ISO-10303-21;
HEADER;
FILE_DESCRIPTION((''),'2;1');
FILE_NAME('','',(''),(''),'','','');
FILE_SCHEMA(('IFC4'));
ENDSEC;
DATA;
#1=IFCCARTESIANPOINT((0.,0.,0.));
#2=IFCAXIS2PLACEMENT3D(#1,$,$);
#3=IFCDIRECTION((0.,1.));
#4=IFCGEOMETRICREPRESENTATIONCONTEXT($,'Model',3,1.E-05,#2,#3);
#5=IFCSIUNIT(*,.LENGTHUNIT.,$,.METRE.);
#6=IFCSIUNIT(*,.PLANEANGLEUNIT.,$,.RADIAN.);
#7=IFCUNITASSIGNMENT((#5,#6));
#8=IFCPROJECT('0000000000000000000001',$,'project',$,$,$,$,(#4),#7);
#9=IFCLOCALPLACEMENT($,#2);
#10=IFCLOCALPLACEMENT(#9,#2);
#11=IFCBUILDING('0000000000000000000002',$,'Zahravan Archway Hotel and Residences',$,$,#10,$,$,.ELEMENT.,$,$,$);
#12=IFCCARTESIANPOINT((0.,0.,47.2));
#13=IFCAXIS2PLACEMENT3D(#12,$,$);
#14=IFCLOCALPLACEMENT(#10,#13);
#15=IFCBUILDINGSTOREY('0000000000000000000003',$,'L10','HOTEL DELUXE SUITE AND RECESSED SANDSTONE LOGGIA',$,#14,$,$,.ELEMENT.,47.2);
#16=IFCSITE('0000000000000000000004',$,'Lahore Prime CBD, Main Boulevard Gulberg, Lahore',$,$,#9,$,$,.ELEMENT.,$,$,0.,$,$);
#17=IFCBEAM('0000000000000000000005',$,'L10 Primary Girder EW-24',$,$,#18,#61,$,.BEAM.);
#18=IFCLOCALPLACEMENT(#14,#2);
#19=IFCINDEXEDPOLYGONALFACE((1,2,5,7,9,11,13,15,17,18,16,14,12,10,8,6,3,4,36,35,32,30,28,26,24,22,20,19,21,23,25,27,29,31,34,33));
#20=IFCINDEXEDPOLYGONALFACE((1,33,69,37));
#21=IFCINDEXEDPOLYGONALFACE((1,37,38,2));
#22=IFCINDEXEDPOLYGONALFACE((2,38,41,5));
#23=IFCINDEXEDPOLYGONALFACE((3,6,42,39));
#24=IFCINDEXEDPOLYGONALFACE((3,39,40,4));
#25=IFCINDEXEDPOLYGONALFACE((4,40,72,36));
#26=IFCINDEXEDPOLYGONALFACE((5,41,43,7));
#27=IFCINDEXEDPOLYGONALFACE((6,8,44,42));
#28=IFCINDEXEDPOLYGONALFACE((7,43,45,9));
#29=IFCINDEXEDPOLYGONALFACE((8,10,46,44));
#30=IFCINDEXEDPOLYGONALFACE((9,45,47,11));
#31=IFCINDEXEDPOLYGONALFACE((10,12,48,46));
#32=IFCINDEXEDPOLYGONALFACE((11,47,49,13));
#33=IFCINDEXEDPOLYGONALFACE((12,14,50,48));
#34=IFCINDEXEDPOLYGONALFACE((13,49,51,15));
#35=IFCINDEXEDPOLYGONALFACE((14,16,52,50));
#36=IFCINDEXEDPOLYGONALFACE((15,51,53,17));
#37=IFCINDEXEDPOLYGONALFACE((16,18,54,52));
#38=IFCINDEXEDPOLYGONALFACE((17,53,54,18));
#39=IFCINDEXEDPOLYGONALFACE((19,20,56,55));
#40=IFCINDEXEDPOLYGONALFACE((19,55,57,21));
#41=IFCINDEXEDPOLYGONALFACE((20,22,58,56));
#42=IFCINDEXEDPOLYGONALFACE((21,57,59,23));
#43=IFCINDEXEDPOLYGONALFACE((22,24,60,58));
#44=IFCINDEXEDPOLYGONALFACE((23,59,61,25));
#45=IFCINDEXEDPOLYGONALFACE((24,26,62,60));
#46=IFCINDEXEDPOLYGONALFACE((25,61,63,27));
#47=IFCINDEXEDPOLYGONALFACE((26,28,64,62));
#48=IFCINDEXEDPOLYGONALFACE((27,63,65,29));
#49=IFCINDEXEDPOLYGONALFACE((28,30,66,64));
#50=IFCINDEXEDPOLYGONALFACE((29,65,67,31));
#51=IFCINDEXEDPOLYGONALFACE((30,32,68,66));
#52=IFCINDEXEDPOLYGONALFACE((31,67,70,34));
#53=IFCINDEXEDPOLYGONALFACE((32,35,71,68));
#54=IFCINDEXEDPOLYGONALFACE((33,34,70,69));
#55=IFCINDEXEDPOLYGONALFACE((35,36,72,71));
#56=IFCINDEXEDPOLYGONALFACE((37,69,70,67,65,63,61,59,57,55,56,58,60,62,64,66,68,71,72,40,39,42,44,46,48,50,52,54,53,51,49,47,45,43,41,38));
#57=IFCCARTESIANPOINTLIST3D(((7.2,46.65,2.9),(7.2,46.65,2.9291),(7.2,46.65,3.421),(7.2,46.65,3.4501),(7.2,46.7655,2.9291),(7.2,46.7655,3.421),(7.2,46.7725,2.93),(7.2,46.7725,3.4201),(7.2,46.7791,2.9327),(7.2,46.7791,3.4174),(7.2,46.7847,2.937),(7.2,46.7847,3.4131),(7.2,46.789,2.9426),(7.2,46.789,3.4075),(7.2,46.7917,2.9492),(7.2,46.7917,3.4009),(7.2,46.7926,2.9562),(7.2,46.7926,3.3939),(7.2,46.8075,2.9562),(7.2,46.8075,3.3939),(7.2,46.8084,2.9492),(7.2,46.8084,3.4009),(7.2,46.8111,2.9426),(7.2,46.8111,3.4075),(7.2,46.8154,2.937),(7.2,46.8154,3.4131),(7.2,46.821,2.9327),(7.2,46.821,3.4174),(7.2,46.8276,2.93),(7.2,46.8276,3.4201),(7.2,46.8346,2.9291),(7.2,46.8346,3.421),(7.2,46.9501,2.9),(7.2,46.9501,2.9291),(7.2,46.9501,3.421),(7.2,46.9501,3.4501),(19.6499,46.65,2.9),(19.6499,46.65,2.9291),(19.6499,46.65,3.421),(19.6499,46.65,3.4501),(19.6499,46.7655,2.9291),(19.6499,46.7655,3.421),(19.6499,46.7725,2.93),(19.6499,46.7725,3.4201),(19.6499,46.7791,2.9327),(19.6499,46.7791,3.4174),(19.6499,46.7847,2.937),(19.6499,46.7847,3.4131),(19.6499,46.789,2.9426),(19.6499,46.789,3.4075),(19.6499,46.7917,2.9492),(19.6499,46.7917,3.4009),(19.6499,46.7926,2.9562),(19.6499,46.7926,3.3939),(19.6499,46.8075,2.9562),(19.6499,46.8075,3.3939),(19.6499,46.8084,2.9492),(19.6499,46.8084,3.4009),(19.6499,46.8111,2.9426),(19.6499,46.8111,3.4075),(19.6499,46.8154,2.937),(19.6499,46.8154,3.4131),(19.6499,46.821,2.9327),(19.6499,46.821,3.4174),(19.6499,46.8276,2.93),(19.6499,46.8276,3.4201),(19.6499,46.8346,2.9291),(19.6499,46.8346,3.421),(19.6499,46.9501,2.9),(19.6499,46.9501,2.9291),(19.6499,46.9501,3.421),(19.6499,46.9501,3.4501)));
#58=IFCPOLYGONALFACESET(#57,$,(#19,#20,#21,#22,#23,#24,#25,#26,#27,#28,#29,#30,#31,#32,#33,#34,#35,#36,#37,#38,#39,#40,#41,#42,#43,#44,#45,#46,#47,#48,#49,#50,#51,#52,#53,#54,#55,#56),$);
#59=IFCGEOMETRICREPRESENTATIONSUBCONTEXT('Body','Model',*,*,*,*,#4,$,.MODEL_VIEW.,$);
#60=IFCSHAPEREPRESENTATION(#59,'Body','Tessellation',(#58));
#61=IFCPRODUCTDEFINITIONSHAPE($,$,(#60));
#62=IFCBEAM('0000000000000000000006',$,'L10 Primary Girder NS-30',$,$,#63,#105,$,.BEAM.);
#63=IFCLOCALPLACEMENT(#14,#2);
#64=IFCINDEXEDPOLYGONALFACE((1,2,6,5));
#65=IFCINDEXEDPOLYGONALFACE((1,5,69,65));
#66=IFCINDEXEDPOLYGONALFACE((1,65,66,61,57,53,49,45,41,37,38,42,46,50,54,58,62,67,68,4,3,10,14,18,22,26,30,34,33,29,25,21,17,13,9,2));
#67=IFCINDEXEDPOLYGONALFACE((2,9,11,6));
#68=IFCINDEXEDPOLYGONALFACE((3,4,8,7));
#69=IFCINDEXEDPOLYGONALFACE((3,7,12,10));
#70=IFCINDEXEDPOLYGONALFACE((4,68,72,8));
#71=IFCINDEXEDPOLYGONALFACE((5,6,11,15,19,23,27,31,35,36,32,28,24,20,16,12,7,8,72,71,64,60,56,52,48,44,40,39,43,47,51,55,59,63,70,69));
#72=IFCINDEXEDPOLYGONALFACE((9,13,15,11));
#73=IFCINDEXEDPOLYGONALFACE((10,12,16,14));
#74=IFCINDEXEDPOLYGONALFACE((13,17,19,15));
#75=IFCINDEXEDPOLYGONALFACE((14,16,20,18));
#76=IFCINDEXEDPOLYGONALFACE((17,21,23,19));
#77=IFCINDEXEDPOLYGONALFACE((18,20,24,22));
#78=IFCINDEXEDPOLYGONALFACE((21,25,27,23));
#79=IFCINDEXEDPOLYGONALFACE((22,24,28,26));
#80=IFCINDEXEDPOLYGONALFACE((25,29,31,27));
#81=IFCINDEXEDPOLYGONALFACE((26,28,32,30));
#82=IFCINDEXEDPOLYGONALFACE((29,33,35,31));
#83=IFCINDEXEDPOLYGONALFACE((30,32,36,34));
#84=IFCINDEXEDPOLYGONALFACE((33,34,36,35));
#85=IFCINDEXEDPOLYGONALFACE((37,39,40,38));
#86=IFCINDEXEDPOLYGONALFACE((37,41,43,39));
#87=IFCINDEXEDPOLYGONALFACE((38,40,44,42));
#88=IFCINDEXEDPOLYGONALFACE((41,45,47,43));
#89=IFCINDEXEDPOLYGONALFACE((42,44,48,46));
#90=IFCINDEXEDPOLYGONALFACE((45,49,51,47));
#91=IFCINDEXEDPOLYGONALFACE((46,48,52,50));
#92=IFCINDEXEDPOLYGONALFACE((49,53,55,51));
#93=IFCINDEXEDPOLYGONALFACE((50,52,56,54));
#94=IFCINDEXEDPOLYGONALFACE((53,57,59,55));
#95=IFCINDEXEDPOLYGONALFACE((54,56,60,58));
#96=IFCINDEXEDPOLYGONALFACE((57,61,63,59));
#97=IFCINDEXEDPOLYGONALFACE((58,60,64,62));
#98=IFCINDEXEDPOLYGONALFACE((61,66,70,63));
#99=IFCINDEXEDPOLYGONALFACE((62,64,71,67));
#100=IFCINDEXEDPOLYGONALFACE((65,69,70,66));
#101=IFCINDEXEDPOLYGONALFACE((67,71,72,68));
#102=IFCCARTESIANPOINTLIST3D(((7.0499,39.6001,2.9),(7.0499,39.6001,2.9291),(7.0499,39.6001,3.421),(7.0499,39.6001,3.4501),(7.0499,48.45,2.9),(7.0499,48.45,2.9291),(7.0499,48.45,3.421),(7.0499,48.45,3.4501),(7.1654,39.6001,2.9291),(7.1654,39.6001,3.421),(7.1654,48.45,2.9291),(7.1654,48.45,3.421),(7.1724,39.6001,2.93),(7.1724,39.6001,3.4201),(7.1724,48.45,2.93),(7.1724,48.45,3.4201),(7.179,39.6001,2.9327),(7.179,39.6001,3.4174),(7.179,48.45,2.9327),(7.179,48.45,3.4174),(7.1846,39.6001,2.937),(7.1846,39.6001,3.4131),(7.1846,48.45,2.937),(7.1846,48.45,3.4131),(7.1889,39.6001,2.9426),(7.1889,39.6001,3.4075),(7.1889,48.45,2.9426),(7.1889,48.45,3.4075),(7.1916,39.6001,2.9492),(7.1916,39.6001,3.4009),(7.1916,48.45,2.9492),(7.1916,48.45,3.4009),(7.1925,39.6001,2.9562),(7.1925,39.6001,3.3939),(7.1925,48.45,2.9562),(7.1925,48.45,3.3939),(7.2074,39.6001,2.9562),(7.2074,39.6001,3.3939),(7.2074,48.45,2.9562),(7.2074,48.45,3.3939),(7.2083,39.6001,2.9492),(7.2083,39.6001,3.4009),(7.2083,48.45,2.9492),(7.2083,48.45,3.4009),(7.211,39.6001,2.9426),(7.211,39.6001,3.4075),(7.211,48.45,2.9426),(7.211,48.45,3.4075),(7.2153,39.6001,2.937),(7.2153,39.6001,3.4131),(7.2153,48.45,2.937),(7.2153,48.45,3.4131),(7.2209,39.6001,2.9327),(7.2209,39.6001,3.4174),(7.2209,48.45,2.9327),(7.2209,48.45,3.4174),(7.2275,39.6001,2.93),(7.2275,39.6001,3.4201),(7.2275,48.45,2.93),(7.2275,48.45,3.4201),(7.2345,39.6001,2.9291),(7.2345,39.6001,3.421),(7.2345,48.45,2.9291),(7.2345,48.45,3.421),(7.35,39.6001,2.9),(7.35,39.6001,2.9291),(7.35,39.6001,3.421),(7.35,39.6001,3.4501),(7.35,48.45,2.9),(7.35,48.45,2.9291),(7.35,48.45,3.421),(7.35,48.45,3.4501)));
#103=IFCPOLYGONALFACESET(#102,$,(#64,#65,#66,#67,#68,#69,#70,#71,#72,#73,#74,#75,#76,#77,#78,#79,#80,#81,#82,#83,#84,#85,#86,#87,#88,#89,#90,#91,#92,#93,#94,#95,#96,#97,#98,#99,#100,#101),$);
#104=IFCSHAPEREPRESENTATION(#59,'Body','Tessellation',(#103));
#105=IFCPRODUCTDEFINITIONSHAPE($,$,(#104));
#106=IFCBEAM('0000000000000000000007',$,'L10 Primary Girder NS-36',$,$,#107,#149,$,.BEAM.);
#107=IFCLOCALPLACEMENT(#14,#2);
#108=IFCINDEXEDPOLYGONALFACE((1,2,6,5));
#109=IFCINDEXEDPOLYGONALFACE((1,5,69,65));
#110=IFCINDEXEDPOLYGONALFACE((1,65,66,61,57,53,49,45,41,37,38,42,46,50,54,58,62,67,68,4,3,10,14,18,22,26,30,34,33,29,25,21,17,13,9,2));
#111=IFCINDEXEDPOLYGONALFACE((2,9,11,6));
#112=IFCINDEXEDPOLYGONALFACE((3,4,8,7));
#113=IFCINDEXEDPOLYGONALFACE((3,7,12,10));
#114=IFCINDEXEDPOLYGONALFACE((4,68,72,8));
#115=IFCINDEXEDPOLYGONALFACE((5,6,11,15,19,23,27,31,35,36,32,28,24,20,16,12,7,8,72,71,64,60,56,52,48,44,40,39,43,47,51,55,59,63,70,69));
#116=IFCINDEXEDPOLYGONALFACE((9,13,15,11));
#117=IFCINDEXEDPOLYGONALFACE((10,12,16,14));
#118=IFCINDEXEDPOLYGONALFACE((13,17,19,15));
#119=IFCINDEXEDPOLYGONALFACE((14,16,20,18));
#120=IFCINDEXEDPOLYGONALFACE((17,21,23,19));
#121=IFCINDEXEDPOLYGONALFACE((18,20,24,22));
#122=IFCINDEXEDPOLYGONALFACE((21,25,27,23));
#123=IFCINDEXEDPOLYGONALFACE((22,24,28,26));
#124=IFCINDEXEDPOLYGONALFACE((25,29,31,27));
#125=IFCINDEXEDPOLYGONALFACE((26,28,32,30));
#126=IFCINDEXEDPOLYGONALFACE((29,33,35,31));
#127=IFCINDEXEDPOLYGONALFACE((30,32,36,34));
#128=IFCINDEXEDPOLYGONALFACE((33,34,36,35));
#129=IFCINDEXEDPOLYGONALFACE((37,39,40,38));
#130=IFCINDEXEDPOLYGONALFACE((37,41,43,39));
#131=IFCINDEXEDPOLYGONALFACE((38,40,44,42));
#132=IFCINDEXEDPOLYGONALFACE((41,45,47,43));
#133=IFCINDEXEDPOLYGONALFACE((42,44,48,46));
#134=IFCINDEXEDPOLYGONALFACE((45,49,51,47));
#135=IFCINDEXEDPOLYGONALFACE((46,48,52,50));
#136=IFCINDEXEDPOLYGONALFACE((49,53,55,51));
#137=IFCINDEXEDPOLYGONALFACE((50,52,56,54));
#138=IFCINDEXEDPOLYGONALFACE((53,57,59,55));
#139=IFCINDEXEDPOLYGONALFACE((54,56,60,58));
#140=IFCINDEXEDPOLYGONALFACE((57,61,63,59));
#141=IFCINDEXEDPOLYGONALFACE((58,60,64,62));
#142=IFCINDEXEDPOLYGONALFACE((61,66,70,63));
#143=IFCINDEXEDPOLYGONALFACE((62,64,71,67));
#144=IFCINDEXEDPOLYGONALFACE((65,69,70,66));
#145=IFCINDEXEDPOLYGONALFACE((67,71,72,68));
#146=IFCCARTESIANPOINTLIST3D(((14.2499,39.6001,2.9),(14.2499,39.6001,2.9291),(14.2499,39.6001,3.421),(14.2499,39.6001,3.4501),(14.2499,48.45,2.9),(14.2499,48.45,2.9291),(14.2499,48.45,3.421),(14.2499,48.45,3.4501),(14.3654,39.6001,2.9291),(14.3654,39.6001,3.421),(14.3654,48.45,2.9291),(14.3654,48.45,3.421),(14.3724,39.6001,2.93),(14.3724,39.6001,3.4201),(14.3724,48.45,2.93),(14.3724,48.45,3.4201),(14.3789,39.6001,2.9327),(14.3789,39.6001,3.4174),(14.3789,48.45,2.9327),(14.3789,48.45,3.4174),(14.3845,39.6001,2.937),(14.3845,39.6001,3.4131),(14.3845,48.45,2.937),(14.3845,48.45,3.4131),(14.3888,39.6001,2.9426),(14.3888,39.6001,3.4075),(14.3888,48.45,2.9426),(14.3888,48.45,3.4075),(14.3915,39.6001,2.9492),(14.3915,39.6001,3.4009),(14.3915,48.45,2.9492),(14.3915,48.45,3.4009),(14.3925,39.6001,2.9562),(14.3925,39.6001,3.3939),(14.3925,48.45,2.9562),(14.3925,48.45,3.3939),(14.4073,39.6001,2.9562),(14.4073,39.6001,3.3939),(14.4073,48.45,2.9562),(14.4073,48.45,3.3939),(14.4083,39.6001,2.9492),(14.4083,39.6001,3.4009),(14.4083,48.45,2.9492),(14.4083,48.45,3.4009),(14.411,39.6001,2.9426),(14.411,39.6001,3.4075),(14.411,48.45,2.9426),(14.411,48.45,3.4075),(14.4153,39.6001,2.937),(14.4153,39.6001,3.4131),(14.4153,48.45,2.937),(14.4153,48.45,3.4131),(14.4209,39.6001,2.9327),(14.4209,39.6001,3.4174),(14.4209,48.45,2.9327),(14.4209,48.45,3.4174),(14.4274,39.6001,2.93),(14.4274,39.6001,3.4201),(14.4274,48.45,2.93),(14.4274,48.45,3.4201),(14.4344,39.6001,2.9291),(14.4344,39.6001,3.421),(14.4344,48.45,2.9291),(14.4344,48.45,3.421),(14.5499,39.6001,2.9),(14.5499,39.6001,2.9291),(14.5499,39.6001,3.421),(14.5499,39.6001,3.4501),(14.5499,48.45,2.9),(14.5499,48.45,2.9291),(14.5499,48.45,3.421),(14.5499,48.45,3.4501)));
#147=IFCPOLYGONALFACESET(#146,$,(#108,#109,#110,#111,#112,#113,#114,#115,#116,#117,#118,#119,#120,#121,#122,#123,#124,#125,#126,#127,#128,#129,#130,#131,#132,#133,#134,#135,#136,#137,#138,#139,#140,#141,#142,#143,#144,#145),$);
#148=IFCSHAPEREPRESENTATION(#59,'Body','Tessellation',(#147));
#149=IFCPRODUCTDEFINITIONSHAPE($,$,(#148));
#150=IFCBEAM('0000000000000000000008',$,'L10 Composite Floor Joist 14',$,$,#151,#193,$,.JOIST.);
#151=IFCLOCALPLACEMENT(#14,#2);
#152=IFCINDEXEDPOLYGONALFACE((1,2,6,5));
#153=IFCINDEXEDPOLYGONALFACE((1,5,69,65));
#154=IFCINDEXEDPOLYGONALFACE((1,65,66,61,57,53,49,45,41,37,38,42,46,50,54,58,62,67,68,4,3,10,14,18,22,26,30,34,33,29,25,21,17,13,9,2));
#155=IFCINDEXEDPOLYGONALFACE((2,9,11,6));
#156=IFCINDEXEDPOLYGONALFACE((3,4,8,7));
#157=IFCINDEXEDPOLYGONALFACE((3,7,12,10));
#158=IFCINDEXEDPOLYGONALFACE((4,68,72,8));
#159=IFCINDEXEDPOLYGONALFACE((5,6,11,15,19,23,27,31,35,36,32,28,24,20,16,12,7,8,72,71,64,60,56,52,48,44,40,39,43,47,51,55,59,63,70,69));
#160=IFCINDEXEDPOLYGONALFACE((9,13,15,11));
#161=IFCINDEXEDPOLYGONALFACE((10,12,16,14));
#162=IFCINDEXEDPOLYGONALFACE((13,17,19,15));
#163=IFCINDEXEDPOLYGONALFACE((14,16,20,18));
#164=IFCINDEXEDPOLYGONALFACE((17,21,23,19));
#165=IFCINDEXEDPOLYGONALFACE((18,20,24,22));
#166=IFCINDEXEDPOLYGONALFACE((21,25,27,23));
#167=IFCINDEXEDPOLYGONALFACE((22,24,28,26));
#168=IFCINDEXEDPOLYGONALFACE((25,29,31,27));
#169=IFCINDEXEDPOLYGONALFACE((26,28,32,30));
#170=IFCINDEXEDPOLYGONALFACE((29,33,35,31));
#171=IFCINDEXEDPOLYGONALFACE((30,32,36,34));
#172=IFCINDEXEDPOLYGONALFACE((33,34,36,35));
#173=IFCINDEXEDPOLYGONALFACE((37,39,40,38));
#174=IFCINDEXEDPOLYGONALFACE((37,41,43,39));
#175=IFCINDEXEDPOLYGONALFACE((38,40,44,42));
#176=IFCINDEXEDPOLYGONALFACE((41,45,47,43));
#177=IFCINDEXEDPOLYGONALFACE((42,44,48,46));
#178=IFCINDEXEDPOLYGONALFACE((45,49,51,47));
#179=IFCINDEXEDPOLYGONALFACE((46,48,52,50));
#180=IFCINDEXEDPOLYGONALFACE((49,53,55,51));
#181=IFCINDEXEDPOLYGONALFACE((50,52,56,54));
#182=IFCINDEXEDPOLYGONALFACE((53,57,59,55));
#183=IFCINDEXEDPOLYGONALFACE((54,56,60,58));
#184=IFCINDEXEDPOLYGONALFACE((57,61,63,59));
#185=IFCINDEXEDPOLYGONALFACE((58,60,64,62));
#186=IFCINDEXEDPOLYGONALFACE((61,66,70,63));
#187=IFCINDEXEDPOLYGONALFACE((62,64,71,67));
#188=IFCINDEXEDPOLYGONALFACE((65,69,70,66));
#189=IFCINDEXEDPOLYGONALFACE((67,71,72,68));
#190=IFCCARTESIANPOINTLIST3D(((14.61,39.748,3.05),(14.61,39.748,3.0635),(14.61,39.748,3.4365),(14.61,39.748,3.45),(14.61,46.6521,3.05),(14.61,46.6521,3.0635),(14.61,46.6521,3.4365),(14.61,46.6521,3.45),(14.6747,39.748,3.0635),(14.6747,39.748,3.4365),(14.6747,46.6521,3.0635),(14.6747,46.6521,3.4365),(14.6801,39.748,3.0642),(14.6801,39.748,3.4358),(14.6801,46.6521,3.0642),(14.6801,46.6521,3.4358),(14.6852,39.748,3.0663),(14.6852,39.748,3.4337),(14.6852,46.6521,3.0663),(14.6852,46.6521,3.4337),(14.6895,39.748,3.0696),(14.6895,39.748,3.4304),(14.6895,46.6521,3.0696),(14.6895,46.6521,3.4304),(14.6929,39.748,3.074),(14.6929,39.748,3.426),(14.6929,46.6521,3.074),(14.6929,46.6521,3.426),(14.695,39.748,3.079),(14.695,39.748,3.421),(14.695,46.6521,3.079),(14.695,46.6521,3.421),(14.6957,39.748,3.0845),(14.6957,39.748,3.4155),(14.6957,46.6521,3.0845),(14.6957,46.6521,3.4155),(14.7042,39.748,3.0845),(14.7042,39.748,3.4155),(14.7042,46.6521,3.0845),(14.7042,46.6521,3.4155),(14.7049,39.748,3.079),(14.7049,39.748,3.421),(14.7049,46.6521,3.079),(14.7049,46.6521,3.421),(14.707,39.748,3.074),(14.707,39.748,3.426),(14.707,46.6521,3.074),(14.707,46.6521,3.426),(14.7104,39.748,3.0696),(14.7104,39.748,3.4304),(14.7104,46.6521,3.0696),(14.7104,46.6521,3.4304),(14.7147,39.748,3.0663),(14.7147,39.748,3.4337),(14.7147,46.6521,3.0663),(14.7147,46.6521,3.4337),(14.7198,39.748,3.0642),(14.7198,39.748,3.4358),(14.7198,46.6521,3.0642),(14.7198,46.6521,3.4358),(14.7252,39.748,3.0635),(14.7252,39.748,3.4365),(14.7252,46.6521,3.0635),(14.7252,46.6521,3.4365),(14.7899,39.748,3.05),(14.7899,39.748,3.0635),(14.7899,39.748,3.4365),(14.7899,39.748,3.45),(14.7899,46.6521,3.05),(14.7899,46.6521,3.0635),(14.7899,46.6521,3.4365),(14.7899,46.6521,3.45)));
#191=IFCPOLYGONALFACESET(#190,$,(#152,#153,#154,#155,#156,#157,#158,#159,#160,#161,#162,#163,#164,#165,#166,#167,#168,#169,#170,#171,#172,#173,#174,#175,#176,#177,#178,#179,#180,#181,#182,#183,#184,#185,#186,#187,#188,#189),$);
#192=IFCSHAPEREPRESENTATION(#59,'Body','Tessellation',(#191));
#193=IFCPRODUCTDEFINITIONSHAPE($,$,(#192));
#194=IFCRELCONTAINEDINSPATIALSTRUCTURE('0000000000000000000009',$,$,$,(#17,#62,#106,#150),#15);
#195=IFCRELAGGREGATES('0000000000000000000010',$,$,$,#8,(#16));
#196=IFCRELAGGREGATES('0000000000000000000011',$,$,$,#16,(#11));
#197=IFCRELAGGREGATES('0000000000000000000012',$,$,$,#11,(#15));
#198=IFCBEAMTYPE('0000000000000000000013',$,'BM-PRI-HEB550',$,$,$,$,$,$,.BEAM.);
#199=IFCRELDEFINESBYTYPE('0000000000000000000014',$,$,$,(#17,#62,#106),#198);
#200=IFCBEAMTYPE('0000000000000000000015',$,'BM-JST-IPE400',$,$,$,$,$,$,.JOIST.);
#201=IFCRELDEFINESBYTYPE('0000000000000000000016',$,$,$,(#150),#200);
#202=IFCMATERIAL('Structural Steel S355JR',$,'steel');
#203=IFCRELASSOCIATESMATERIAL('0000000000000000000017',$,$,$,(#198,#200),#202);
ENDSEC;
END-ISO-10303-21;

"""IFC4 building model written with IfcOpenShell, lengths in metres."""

from ifc_helpers import new_model, si_unit, direction, frame, origin, origin_2d, place, context, subcontext, project, spatial, i_section, extrude, source, transform, mapped, material, material_profile, profile_set, type_object, type_shapes, element, save


model = new_model("IFC4")

# Units and contexts
model_context = context("Model", 3, precision=1e-05, world=origin(), true_north=direction((0.0, 1.0)))
body_context = subcontext(model_context, "Body", "Model", "MODEL_VIEW")
ifc_project = project(units=[si_unit("LENGTHUNIT", "METRE"), si_unit("PLANEANGLEUNIT", "RADIAN")], contexts=[model_context])

# Site, building, storey
site_placement = place(None, origin())
site = spatial("IfcSite", under=ifc_project, at=site_placement, Name="Lahore Prime CBD, Main Boulevard Gulberg, Lahore", CompositionType="ELEMENT", RefElevation=0.0)
building_placement = place(site_placement, origin())
building = spatial("IfcBuilding", under=site, at=building_placement, Name="Zahravan Archway Hotel and Residences", CompositionType="ELEMENT")
storey_placement = place(building_placement, frame((0.0, 0.0, 47.2)))
storey = spatial("IfcBuildingStorey", under=building, at=storey_placement, Name="L10", Description="HOTEL DELUXE SUITE AND RECESSED SANDSTONE LOGGIA", CompositionType="ELEMENT", Elevation=47.2)

# Beams
ifc_material_1 = material(Name="Structural Steel S355JR", Category="steel")
ifc_material_profile_1 = material_profile(ifc_material_1, i_section(OverallWidth=0.3, OverallDepth=0.55, WebThickness=0.0149, FlangeThickness=0.0291, FilletRadius=0.0271, at=origin_2d()), Name="HEB 550", Category="steel")
ifc_profile_set_1 = profile_set([ifc_material_profile_1], Name="Structural Steel S355JR")
beam_type_1 = type_object("IfcBeamType", Name="BM-PRI-HEB550", PredefinedType="BEAM", material=ifc_profile_set_1)
shared_shape_1 = source(origin(), body_context, "Body", "SweptSolid", [
    extrude(i_section(OverallWidth=0.3, OverallDepth=0.55, WebThickness=0.0149, FlangeThickness=0.0291, FilletRadius=0.0271, at=origin_2d()), origin(), (0.0, 0.0, 1.0), 12.45),
])
beam_1_placement = place(storey_placement, frame((7.2, 46.8, 3.175), z_axis=(1.0, 0.0, 0.0), x_axis=(0.0, 1.0, 0.0)))
element("IfcBeam", 1, at=beam_1_placement, inside=storey, type_object=beam_type_1, Name="L10 Primary Girder EW-24", PredefinedType="BEAM", context=body_context, shape_type="MappedRepresentation", body=[
    mapped(shared_shape_1, transform((0.0, 0.0, 0.0), scale=1.0)),
])
shared_shape_2 = source(origin(), body_context, "Body", "SweptSolid", [
    extrude(i_section(OverallWidth=0.3, OverallDepth=0.55, WebThickness=0.0149, FlangeThickness=0.0291, FilletRadius=0.0271, at=origin_2d()), origin(), (0.0, 0.0, 1.0), 8.8499),
])
for number, where, z_axis, x_axis, name in (
    (2, (7.2, 39.6001, 3.175), (0.0, 1.0, 0.0), (-1.0, 0.0, 0.0), "L10 Primary Girder NS-30"),
    (3, (14.3999, 39.6001, 3.175), (0.0, 1.0, 0.0), (-1.0, 0.0, 0.0), "L10 Primary Girder NS-36"),
):
    element("IfcBeam", number, at=place(storey_placement, frame(where, z_axis=z_axis, x_axis=x_axis)), inside=storey, type_object=beam_type_1, Name=name, PredefinedType="BEAM", context=body_context, shape_type="MappedRepresentation", body=[
        mapped(shared_shape_2, transform((0.0, 0.0, 0.0), scale=1.0)),
    ])
ifc_material_profile_2 = material_profile(ifc_material_1, i_section(OverallWidth=0.1799, OverallDepth=0.3999, WebThickness=0.0085, FlangeThickness=0.0134, FilletRadius=0.021, at=origin_2d()), Name="IPE 400", Category="steel")
ifc_profile_set_2 = profile_set([ifc_material_profile_2], Name="Structural Steel S355JR")
beam_type_2 = type_object("IfcBeamType", Name="BM-JST-IPE400", PredefinedType="JOIST", material=ifc_profile_set_2)
shared_shape_3 = source(origin(), body_context, "Body", "SweptSolid", [
    extrude(i_section(OverallWidth=0.1799, OverallDepth=0.3999, WebThickness=0.0085, FlangeThickness=0.0134, FilletRadius=0.021, at=origin_2d()), origin(), (0.0, 0.0, 1.0), 6.9041),
])
type_shapes(beam_type_2, [shared_shape_3])
beam_2_placement = place(storey_placement, frame((14.7, 39.748, 3.25), z_axis=(0.0, 1.0, 0.0), x_axis=(-1.0, 0.0, 0.0)))
element("IfcBeam", 4, at=beam_2_placement, inside=storey, type_object=beam_type_2, Name="L10 Composite Floor Joist 14", PredefinedType="JOIST", context=body_context, shape_type="MappedRepresentation", body=[
    mapped(shared_shape_3, transform((0.0, 0.0, 0.0), scale=1.0)),
])

save(model, "model.ifc")
